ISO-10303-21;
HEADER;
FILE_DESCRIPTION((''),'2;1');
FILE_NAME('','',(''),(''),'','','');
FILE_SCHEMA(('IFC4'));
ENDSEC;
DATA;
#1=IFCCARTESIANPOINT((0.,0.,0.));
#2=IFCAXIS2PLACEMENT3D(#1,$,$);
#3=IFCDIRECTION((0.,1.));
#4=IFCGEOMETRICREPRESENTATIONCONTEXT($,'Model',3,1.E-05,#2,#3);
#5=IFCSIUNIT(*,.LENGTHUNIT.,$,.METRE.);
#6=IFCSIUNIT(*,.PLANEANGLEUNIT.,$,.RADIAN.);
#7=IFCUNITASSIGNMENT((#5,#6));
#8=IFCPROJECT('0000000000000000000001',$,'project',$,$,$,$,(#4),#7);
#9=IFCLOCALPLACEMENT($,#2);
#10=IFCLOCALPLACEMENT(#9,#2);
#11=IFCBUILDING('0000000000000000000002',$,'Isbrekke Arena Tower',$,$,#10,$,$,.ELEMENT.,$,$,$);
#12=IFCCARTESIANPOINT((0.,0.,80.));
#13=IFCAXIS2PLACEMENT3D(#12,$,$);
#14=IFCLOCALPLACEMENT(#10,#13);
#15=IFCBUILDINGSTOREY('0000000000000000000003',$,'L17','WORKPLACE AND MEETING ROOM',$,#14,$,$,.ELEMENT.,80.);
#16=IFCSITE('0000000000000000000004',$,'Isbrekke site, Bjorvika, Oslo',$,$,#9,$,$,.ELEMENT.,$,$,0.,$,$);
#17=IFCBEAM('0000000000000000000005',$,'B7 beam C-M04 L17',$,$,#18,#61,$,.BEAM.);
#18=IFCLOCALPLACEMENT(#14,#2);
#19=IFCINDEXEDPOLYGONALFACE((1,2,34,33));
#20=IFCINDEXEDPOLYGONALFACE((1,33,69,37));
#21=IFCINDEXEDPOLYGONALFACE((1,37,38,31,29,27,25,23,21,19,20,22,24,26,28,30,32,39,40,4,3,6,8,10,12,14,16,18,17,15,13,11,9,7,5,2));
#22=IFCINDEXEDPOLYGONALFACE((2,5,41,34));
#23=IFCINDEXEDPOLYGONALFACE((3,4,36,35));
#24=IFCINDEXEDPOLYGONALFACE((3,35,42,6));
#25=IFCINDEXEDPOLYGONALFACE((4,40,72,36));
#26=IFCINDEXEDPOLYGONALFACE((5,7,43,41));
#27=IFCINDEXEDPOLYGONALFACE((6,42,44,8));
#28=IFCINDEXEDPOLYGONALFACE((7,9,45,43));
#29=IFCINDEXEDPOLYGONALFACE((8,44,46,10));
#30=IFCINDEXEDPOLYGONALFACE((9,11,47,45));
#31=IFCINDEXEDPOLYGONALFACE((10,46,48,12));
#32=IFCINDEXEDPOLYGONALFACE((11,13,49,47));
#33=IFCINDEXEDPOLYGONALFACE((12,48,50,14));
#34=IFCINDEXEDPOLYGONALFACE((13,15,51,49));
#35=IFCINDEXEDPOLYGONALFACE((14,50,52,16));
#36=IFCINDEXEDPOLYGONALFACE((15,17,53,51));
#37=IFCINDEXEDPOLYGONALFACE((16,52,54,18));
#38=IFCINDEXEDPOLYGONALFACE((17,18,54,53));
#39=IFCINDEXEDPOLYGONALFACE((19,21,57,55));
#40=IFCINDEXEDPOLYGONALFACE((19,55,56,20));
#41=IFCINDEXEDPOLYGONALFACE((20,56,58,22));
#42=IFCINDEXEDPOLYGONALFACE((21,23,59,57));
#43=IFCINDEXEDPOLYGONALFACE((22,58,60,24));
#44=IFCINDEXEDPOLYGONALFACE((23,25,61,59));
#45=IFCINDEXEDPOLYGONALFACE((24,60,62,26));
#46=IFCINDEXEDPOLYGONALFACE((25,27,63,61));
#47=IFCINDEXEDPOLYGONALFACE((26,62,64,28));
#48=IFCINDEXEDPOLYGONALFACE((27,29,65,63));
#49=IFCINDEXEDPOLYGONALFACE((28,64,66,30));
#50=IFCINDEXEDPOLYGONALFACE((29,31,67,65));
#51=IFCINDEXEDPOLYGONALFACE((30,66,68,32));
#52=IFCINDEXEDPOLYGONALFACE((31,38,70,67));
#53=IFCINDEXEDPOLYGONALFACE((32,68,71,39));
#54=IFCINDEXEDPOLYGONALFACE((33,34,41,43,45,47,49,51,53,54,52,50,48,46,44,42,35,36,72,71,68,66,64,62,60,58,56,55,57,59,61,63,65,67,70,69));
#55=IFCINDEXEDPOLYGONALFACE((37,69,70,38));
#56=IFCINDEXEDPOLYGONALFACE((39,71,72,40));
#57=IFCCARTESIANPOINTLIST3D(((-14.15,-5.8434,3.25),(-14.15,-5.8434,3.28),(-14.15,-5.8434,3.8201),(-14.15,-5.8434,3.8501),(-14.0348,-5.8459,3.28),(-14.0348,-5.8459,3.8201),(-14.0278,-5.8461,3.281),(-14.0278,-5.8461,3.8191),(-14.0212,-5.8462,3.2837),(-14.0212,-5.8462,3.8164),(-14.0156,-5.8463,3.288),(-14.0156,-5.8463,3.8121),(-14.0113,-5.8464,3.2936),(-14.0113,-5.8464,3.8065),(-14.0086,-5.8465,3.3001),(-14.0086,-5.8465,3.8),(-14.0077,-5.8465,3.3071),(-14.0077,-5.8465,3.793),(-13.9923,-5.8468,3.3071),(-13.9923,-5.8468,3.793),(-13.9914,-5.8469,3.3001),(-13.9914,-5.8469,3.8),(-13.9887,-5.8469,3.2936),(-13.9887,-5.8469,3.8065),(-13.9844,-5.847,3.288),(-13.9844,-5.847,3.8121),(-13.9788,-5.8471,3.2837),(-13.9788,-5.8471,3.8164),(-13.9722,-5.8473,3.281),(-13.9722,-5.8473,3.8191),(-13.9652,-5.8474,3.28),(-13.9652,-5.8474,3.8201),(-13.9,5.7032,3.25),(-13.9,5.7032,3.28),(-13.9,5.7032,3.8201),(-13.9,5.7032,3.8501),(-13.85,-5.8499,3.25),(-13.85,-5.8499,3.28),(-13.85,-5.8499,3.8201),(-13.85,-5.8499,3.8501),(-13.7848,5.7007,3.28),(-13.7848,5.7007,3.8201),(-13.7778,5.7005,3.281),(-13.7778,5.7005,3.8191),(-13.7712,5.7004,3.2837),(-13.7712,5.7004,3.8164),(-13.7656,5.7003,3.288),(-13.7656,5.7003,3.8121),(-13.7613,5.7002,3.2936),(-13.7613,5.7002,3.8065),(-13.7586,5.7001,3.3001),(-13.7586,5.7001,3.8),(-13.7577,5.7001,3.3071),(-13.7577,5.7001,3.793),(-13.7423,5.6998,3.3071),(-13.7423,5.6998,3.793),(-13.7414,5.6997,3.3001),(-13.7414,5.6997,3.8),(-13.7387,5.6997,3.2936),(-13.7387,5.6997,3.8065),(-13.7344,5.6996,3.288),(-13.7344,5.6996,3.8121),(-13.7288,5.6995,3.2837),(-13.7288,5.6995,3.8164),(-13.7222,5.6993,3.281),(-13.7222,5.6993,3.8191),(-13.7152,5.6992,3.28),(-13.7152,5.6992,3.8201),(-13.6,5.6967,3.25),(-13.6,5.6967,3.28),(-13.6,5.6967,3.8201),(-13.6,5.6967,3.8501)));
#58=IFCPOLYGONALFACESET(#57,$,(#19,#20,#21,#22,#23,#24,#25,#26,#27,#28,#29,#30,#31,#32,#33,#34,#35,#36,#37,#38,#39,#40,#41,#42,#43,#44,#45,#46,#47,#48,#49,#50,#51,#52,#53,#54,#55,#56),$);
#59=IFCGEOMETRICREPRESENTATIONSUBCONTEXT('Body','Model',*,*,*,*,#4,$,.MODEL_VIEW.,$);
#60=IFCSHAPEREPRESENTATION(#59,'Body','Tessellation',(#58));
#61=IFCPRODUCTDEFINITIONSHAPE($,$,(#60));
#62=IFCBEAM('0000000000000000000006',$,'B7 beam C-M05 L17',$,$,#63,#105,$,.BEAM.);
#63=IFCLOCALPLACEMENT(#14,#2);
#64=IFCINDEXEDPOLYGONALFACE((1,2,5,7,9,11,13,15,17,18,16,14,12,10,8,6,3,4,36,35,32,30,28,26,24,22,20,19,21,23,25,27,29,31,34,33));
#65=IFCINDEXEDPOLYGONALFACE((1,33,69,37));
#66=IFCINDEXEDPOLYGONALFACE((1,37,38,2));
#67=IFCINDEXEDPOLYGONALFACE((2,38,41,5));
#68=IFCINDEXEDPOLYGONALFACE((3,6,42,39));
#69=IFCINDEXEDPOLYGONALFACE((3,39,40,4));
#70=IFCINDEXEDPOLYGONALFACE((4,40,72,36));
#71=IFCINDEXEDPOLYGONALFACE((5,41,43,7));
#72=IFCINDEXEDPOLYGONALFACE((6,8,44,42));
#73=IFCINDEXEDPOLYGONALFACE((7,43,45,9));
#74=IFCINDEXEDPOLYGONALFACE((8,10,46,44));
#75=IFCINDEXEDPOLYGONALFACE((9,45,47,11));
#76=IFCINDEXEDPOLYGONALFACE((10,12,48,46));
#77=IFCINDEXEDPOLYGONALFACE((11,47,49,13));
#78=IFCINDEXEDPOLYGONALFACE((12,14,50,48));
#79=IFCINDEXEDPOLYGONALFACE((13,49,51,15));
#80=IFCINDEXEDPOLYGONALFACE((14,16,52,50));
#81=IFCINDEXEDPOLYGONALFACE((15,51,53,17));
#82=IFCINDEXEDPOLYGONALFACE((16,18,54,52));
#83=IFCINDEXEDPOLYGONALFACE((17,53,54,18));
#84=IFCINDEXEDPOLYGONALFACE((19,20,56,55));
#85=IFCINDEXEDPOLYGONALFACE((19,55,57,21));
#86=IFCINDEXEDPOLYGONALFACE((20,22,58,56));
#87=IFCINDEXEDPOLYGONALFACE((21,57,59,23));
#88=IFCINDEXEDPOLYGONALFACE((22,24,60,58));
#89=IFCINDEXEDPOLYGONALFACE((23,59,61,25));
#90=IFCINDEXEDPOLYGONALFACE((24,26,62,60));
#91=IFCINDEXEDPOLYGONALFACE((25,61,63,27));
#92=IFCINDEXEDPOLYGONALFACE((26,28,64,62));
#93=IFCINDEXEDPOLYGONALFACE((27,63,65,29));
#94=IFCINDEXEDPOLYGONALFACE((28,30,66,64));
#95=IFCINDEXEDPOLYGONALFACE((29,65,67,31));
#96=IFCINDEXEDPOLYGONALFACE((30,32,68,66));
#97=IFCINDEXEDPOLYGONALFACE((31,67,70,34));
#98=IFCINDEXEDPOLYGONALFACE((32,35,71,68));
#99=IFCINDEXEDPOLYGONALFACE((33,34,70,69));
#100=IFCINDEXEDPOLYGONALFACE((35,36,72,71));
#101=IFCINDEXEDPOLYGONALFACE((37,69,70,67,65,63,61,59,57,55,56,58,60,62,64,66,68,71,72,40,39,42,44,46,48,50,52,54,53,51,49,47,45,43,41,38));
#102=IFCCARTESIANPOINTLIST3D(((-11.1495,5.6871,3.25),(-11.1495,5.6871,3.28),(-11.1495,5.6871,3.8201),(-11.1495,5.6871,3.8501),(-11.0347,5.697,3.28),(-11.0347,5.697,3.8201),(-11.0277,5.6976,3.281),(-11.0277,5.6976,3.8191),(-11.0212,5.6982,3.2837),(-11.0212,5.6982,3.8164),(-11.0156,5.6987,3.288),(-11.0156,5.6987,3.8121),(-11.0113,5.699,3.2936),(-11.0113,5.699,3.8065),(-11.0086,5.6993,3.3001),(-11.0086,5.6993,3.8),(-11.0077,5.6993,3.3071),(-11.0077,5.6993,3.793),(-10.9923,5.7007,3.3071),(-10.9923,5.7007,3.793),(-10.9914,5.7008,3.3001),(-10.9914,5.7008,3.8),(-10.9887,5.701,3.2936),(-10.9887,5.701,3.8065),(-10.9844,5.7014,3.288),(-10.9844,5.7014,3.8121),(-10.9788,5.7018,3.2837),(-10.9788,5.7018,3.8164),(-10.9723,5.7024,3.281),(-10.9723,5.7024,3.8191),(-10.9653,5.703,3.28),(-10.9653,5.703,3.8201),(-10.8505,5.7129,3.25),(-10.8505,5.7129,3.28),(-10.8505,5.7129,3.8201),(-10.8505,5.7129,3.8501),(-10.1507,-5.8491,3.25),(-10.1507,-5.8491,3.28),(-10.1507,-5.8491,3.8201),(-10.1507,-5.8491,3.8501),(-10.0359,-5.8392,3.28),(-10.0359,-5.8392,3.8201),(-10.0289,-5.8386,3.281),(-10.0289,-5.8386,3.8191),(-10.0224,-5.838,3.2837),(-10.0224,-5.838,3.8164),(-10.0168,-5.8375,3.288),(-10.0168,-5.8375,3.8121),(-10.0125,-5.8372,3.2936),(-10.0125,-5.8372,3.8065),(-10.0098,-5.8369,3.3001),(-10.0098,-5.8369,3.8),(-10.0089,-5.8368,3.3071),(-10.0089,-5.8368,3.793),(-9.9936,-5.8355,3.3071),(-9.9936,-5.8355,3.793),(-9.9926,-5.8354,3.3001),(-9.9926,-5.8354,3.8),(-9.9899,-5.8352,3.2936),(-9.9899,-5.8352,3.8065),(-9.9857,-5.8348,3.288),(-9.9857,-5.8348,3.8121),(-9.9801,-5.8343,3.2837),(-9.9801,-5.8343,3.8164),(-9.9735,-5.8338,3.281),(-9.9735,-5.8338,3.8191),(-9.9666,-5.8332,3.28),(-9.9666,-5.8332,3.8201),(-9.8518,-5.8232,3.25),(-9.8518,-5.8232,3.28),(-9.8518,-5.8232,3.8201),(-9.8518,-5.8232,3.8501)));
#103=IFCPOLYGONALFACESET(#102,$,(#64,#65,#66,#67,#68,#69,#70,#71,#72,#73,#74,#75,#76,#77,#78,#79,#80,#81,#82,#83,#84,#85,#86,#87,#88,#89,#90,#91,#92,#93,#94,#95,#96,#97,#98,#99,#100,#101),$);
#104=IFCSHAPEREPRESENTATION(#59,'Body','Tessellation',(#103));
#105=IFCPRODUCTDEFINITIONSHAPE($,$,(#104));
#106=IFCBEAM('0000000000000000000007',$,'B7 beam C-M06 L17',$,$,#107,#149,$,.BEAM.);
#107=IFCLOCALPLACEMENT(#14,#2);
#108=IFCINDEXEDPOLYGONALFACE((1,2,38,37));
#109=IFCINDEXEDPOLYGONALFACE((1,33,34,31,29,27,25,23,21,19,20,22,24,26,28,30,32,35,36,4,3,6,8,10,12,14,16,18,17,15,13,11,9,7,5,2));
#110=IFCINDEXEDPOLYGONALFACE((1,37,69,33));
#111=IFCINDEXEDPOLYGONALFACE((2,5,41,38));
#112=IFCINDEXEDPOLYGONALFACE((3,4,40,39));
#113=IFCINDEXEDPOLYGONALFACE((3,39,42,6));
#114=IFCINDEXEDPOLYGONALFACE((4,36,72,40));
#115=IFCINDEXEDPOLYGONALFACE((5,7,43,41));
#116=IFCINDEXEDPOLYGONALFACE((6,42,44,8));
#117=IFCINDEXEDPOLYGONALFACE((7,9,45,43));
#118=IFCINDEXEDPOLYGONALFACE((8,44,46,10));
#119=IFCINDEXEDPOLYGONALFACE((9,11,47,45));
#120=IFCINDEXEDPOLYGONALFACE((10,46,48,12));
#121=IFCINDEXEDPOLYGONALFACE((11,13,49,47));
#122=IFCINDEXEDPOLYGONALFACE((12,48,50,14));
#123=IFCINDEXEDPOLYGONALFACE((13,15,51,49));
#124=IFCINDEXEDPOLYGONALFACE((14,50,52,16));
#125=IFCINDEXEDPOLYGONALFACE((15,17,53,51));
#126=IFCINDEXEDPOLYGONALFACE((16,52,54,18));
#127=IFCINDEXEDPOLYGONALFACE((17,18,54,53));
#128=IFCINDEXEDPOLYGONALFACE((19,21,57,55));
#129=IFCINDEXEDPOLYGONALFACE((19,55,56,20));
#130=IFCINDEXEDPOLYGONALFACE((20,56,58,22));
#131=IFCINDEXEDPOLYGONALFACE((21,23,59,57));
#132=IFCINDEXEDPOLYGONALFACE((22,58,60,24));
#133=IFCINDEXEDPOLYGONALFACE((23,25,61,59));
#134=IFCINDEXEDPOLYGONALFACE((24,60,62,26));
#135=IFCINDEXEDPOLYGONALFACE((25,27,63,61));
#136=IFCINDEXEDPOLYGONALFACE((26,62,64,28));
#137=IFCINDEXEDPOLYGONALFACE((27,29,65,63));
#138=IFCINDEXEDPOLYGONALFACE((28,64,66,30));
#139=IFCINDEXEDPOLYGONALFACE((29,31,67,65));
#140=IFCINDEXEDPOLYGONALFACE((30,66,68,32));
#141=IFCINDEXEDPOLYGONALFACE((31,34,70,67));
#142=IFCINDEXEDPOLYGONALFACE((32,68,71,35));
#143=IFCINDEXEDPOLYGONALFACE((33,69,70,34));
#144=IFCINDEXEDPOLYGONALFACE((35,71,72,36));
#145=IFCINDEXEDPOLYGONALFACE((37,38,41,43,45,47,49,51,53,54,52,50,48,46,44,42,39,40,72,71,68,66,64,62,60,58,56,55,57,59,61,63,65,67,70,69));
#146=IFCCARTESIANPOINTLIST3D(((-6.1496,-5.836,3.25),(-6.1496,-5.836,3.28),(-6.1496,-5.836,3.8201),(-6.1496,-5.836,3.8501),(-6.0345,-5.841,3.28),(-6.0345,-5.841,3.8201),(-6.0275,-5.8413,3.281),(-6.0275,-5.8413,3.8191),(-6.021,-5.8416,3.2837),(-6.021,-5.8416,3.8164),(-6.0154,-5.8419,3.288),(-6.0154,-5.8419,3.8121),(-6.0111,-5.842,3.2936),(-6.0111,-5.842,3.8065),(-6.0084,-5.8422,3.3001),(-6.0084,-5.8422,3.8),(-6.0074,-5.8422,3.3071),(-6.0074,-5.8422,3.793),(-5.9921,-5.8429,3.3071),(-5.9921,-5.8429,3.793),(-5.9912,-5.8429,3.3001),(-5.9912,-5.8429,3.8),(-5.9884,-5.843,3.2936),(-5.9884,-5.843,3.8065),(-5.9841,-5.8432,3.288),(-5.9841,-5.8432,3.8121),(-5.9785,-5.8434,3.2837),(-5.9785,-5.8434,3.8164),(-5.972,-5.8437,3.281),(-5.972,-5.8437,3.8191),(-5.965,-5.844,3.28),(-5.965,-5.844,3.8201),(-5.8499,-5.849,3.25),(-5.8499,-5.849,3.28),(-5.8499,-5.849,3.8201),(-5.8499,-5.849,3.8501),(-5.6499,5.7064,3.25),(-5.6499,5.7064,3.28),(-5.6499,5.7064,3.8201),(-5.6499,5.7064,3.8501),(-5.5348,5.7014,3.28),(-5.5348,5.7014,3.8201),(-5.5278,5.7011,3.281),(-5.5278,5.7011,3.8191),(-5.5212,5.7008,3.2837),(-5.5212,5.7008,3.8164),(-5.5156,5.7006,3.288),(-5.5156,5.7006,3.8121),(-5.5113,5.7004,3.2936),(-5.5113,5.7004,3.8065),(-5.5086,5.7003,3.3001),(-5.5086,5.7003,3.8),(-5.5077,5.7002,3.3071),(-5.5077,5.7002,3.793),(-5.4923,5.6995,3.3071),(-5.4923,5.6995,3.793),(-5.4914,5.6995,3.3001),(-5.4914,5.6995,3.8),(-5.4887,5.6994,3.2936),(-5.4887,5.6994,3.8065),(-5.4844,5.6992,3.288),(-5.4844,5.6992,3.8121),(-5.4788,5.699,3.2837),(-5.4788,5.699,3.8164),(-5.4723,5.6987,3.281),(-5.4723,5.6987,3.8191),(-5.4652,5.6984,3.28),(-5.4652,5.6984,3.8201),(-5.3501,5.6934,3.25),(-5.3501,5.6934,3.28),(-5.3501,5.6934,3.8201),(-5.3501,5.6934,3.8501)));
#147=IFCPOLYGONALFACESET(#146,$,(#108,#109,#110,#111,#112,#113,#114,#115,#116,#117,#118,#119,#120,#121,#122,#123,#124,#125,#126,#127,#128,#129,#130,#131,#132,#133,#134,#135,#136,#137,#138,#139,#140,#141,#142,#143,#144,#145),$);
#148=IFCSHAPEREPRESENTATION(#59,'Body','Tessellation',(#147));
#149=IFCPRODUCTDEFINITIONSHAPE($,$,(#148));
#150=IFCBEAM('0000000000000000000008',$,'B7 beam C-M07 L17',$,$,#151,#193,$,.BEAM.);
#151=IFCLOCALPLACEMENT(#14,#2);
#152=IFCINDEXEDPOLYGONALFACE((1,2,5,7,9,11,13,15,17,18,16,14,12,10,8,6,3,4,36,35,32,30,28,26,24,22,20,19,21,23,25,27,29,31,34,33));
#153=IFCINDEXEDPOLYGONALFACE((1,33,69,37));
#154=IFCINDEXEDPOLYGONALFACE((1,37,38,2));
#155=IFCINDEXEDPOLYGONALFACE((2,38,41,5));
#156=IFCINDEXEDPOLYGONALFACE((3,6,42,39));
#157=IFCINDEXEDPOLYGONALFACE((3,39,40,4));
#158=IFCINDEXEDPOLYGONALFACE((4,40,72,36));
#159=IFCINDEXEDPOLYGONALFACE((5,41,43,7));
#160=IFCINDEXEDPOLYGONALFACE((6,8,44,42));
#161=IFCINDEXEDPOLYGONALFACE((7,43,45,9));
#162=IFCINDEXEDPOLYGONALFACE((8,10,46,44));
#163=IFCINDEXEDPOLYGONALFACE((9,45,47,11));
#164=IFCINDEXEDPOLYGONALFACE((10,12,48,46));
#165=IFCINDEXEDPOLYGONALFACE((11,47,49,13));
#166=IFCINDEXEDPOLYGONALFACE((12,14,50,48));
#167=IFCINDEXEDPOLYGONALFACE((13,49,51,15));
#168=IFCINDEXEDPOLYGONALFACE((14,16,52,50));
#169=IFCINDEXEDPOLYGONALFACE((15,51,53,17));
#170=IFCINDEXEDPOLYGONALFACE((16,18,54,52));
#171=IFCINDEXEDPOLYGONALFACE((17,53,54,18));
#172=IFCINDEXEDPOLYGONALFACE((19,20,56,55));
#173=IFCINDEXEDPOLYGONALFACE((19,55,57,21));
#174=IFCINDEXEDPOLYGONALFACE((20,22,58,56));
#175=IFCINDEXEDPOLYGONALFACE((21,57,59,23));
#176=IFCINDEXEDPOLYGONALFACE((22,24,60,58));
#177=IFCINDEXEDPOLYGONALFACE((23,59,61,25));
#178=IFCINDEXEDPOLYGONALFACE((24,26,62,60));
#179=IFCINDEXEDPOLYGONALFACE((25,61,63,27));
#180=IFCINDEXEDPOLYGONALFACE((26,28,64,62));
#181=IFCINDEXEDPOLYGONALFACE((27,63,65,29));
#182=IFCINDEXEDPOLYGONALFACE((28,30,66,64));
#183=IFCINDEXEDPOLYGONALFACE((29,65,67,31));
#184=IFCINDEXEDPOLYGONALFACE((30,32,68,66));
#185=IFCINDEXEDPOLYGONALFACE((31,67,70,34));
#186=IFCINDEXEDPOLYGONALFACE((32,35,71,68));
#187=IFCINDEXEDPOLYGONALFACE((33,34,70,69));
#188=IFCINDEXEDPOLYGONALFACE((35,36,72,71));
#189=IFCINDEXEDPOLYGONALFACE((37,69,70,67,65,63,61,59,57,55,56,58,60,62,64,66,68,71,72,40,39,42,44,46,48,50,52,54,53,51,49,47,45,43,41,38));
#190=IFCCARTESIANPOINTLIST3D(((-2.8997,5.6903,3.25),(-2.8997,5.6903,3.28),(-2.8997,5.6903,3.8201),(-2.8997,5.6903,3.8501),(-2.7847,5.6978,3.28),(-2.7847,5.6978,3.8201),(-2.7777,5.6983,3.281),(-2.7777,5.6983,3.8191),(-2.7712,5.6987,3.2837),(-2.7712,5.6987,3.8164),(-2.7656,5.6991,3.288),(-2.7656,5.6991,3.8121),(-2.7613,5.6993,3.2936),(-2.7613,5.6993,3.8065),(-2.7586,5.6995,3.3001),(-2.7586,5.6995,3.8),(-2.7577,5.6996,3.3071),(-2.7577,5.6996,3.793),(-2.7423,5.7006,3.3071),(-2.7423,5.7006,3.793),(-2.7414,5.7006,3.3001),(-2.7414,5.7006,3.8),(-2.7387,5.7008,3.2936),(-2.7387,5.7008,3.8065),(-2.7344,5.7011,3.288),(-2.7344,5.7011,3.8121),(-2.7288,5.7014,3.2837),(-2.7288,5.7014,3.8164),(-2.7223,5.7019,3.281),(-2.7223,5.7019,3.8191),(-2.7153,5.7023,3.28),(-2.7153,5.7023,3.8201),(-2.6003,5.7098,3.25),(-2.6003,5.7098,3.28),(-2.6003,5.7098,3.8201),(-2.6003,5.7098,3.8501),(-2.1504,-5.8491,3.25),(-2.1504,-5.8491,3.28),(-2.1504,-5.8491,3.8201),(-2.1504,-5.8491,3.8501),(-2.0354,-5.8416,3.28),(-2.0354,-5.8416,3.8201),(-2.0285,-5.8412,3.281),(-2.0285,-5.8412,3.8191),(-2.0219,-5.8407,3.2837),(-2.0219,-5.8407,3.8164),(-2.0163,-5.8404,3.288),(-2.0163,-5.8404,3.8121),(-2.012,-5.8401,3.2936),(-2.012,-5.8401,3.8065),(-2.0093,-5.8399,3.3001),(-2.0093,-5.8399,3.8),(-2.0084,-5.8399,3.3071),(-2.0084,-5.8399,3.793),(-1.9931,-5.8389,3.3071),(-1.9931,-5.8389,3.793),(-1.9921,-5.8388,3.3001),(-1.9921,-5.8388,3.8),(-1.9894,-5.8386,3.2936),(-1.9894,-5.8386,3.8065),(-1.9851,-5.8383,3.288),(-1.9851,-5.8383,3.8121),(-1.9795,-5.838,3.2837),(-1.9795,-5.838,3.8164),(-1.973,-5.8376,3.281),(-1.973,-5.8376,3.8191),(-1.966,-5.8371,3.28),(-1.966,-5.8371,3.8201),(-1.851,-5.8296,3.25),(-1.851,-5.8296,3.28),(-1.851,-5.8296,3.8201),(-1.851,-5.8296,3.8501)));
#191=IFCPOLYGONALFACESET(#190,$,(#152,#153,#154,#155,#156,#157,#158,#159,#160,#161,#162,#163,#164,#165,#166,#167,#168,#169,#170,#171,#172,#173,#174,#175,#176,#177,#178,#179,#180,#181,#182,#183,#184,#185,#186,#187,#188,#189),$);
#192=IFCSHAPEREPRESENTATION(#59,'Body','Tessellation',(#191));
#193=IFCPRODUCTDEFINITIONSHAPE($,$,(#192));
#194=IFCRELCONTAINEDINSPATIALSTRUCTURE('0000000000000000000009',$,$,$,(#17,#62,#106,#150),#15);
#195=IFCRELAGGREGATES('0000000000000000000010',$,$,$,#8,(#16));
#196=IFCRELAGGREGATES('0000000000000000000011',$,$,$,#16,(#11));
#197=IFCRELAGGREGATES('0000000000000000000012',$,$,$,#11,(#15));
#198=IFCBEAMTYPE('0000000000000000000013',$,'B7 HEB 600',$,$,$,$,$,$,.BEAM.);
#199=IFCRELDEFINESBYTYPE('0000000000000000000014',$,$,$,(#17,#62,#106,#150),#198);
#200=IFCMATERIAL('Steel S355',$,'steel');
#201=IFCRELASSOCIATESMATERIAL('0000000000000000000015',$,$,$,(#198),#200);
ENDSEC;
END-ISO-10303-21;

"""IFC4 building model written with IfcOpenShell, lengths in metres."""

from ifc_helpers import new_model, si_unit, direction, frame, origin, origin_2d, place, context, subcontext, project, spatial, i_section, extrude, material, material_profile, profile_set, type_object, element, save


model = new_model("IFC4")

# Units and contexts
model_context = context("Model", 3, precision=1e-05, world=origin(), true_north=direction((0.0, 1.0)))
body_context = subcontext(model_context, "Body", "Model", "MODEL_VIEW")
ifc_project = project(units=[si_unit("LENGTHUNIT", "METRE"), si_unit("PLANEANGLEUNIT", "RADIAN")], contexts=[model_context])

# Site, building, storey
site_placement = place(None, origin())
site = spatial("IfcSite", under=ifc_project, at=site_placement, Name="Isbrekke site, Bjorvika, Oslo", CompositionType="ELEMENT", RefElevation=0.0)
building_placement = place(site_placement, origin())
building = spatial("IfcBuilding", under=site, at=building_placement, Name="Isbrekke Arena Tower", CompositionType="ELEMENT")
storey_placement = place(building_placement, frame((0.0, 0.0, 80.0)))
storey = spatial("IfcBuildingStorey", under=building, at=storey_placement, Name="L17", Description="WORKPLACE AND MEETING ROOM", CompositionType="ELEMENT", Elevation=80.0)

# Beams
ifc_material_1 = material(Name="Steel S355", Category="steel")
ifc_material_profile_1 = material_profile(ifc_material_1, i_section(OverallWidth=0.3, OverallDepth=0.6001, WebThickness=0.0154, FlangeThickness=0.03, FilletRadius=0.0271, at=origin_2d()), Name="HEB 600")
ifc_profile_set_1 = profile_set([ifc_material_profile_1], Name="Steel S355")
beam_type_1 = type_object("IfcBeamType", Name="B7 HEB 600", PredefinedType="BEAM", material=ifc_profile_set_1)
beam_1_placement = place(storey_placement, frame((-14.0, -5.8467, 3.55), z_axis=(0.021646, 0.999766, 0.0), x_axis=(-0.999766, 0.021646, 0.0)))
element("IfcBeam", 1, at=beam_1_placement, inside=storey, type_object=beam_type_1, Name="B7 beam C-M04 L17", PredefinedType="BEAM", context=body_context, shape_type="SweptSolid", body=[
    extrude(i_section(OverallWidth=0.3, OverallDepth=0.6001, WebThickness=0.0154, FlangeThickness=0.03, FilletRadius=0.0271, at=origin_2d()), origin(), (0.0, 0.0, 1.0), 11.5493),
])
beam_2_placement = place(storey_placement, frame((-10.0012, -5.8362, 3.55), z_axis=(-0.086256, 0.996273, 0.0), x_axis=(-0.996273, -0.086256, 0.0)))
element("IfcBeam", 2, at=beam_2_placement, inside=storey, type_object=beam_type_1, Name="B7 beam C-M05 L17", PredefinedType="BEAM", context=body_context, shape_type="SweptSolid", body=[
    extrude(i_section(OverallWidth=0.3, OverallDepth=0.6001, WebThickness=0.0154, FlangeThickness=0.03, FilletRadius=0.0271, at=origin_2d()), origin(), (0.0, 0.0, 1.0), 11.5793),
])
beam_3_placement = place(storey_placement, frame((-5.9998, -5.8425, 3.55), z_axis=(0.043257, 0.999064, 0.0), x_axis=(-0.999064, 0.043257, 0.0)))
element("IfcBeam", 3, at=beam_3_placement, inside=storey, type_object=beam_type_1, Name="B7 beam C-M06 L17", PredefinedType="BEAM", context=body_context, shape_type="SweptSolid", body=[
    extrude(i_section(OverallWidth=0.3, OverallDepth=0.6001, WebThickness=0.0154, FlangeThickness=0.03, FilletRadius=0.0271, at=origin_2d()), origin(), (0.0, 0.0, 1.0), 11.5532),
])
beam_4_placement = place(storey_placement, frame((-2.0007, -5.8394, 3.55), z_axis=(-0.064795, 0.997899, 0.0), x_axis=(-0.997899, -0.064795, 0.0)))
element("IfcBeam", 4, at=beam_4_placement, inside=storey, type_object=beam_type_1, Name="B7 beam C-M07 L17", PredefinedType="BEAM", context=body_context, shape_type="SweptSolid", body=[
    extrude(i_section(OverallWidth=0.3, OverallDepth=0.6001, WebThickness=0.0154, FlangeThickness=0.03, FilletRadius=0.0271, at=origin_2d()), origin(), (0.0, 0.0, 1.0), 11.5637),
])

save(model, "model.ifc")
